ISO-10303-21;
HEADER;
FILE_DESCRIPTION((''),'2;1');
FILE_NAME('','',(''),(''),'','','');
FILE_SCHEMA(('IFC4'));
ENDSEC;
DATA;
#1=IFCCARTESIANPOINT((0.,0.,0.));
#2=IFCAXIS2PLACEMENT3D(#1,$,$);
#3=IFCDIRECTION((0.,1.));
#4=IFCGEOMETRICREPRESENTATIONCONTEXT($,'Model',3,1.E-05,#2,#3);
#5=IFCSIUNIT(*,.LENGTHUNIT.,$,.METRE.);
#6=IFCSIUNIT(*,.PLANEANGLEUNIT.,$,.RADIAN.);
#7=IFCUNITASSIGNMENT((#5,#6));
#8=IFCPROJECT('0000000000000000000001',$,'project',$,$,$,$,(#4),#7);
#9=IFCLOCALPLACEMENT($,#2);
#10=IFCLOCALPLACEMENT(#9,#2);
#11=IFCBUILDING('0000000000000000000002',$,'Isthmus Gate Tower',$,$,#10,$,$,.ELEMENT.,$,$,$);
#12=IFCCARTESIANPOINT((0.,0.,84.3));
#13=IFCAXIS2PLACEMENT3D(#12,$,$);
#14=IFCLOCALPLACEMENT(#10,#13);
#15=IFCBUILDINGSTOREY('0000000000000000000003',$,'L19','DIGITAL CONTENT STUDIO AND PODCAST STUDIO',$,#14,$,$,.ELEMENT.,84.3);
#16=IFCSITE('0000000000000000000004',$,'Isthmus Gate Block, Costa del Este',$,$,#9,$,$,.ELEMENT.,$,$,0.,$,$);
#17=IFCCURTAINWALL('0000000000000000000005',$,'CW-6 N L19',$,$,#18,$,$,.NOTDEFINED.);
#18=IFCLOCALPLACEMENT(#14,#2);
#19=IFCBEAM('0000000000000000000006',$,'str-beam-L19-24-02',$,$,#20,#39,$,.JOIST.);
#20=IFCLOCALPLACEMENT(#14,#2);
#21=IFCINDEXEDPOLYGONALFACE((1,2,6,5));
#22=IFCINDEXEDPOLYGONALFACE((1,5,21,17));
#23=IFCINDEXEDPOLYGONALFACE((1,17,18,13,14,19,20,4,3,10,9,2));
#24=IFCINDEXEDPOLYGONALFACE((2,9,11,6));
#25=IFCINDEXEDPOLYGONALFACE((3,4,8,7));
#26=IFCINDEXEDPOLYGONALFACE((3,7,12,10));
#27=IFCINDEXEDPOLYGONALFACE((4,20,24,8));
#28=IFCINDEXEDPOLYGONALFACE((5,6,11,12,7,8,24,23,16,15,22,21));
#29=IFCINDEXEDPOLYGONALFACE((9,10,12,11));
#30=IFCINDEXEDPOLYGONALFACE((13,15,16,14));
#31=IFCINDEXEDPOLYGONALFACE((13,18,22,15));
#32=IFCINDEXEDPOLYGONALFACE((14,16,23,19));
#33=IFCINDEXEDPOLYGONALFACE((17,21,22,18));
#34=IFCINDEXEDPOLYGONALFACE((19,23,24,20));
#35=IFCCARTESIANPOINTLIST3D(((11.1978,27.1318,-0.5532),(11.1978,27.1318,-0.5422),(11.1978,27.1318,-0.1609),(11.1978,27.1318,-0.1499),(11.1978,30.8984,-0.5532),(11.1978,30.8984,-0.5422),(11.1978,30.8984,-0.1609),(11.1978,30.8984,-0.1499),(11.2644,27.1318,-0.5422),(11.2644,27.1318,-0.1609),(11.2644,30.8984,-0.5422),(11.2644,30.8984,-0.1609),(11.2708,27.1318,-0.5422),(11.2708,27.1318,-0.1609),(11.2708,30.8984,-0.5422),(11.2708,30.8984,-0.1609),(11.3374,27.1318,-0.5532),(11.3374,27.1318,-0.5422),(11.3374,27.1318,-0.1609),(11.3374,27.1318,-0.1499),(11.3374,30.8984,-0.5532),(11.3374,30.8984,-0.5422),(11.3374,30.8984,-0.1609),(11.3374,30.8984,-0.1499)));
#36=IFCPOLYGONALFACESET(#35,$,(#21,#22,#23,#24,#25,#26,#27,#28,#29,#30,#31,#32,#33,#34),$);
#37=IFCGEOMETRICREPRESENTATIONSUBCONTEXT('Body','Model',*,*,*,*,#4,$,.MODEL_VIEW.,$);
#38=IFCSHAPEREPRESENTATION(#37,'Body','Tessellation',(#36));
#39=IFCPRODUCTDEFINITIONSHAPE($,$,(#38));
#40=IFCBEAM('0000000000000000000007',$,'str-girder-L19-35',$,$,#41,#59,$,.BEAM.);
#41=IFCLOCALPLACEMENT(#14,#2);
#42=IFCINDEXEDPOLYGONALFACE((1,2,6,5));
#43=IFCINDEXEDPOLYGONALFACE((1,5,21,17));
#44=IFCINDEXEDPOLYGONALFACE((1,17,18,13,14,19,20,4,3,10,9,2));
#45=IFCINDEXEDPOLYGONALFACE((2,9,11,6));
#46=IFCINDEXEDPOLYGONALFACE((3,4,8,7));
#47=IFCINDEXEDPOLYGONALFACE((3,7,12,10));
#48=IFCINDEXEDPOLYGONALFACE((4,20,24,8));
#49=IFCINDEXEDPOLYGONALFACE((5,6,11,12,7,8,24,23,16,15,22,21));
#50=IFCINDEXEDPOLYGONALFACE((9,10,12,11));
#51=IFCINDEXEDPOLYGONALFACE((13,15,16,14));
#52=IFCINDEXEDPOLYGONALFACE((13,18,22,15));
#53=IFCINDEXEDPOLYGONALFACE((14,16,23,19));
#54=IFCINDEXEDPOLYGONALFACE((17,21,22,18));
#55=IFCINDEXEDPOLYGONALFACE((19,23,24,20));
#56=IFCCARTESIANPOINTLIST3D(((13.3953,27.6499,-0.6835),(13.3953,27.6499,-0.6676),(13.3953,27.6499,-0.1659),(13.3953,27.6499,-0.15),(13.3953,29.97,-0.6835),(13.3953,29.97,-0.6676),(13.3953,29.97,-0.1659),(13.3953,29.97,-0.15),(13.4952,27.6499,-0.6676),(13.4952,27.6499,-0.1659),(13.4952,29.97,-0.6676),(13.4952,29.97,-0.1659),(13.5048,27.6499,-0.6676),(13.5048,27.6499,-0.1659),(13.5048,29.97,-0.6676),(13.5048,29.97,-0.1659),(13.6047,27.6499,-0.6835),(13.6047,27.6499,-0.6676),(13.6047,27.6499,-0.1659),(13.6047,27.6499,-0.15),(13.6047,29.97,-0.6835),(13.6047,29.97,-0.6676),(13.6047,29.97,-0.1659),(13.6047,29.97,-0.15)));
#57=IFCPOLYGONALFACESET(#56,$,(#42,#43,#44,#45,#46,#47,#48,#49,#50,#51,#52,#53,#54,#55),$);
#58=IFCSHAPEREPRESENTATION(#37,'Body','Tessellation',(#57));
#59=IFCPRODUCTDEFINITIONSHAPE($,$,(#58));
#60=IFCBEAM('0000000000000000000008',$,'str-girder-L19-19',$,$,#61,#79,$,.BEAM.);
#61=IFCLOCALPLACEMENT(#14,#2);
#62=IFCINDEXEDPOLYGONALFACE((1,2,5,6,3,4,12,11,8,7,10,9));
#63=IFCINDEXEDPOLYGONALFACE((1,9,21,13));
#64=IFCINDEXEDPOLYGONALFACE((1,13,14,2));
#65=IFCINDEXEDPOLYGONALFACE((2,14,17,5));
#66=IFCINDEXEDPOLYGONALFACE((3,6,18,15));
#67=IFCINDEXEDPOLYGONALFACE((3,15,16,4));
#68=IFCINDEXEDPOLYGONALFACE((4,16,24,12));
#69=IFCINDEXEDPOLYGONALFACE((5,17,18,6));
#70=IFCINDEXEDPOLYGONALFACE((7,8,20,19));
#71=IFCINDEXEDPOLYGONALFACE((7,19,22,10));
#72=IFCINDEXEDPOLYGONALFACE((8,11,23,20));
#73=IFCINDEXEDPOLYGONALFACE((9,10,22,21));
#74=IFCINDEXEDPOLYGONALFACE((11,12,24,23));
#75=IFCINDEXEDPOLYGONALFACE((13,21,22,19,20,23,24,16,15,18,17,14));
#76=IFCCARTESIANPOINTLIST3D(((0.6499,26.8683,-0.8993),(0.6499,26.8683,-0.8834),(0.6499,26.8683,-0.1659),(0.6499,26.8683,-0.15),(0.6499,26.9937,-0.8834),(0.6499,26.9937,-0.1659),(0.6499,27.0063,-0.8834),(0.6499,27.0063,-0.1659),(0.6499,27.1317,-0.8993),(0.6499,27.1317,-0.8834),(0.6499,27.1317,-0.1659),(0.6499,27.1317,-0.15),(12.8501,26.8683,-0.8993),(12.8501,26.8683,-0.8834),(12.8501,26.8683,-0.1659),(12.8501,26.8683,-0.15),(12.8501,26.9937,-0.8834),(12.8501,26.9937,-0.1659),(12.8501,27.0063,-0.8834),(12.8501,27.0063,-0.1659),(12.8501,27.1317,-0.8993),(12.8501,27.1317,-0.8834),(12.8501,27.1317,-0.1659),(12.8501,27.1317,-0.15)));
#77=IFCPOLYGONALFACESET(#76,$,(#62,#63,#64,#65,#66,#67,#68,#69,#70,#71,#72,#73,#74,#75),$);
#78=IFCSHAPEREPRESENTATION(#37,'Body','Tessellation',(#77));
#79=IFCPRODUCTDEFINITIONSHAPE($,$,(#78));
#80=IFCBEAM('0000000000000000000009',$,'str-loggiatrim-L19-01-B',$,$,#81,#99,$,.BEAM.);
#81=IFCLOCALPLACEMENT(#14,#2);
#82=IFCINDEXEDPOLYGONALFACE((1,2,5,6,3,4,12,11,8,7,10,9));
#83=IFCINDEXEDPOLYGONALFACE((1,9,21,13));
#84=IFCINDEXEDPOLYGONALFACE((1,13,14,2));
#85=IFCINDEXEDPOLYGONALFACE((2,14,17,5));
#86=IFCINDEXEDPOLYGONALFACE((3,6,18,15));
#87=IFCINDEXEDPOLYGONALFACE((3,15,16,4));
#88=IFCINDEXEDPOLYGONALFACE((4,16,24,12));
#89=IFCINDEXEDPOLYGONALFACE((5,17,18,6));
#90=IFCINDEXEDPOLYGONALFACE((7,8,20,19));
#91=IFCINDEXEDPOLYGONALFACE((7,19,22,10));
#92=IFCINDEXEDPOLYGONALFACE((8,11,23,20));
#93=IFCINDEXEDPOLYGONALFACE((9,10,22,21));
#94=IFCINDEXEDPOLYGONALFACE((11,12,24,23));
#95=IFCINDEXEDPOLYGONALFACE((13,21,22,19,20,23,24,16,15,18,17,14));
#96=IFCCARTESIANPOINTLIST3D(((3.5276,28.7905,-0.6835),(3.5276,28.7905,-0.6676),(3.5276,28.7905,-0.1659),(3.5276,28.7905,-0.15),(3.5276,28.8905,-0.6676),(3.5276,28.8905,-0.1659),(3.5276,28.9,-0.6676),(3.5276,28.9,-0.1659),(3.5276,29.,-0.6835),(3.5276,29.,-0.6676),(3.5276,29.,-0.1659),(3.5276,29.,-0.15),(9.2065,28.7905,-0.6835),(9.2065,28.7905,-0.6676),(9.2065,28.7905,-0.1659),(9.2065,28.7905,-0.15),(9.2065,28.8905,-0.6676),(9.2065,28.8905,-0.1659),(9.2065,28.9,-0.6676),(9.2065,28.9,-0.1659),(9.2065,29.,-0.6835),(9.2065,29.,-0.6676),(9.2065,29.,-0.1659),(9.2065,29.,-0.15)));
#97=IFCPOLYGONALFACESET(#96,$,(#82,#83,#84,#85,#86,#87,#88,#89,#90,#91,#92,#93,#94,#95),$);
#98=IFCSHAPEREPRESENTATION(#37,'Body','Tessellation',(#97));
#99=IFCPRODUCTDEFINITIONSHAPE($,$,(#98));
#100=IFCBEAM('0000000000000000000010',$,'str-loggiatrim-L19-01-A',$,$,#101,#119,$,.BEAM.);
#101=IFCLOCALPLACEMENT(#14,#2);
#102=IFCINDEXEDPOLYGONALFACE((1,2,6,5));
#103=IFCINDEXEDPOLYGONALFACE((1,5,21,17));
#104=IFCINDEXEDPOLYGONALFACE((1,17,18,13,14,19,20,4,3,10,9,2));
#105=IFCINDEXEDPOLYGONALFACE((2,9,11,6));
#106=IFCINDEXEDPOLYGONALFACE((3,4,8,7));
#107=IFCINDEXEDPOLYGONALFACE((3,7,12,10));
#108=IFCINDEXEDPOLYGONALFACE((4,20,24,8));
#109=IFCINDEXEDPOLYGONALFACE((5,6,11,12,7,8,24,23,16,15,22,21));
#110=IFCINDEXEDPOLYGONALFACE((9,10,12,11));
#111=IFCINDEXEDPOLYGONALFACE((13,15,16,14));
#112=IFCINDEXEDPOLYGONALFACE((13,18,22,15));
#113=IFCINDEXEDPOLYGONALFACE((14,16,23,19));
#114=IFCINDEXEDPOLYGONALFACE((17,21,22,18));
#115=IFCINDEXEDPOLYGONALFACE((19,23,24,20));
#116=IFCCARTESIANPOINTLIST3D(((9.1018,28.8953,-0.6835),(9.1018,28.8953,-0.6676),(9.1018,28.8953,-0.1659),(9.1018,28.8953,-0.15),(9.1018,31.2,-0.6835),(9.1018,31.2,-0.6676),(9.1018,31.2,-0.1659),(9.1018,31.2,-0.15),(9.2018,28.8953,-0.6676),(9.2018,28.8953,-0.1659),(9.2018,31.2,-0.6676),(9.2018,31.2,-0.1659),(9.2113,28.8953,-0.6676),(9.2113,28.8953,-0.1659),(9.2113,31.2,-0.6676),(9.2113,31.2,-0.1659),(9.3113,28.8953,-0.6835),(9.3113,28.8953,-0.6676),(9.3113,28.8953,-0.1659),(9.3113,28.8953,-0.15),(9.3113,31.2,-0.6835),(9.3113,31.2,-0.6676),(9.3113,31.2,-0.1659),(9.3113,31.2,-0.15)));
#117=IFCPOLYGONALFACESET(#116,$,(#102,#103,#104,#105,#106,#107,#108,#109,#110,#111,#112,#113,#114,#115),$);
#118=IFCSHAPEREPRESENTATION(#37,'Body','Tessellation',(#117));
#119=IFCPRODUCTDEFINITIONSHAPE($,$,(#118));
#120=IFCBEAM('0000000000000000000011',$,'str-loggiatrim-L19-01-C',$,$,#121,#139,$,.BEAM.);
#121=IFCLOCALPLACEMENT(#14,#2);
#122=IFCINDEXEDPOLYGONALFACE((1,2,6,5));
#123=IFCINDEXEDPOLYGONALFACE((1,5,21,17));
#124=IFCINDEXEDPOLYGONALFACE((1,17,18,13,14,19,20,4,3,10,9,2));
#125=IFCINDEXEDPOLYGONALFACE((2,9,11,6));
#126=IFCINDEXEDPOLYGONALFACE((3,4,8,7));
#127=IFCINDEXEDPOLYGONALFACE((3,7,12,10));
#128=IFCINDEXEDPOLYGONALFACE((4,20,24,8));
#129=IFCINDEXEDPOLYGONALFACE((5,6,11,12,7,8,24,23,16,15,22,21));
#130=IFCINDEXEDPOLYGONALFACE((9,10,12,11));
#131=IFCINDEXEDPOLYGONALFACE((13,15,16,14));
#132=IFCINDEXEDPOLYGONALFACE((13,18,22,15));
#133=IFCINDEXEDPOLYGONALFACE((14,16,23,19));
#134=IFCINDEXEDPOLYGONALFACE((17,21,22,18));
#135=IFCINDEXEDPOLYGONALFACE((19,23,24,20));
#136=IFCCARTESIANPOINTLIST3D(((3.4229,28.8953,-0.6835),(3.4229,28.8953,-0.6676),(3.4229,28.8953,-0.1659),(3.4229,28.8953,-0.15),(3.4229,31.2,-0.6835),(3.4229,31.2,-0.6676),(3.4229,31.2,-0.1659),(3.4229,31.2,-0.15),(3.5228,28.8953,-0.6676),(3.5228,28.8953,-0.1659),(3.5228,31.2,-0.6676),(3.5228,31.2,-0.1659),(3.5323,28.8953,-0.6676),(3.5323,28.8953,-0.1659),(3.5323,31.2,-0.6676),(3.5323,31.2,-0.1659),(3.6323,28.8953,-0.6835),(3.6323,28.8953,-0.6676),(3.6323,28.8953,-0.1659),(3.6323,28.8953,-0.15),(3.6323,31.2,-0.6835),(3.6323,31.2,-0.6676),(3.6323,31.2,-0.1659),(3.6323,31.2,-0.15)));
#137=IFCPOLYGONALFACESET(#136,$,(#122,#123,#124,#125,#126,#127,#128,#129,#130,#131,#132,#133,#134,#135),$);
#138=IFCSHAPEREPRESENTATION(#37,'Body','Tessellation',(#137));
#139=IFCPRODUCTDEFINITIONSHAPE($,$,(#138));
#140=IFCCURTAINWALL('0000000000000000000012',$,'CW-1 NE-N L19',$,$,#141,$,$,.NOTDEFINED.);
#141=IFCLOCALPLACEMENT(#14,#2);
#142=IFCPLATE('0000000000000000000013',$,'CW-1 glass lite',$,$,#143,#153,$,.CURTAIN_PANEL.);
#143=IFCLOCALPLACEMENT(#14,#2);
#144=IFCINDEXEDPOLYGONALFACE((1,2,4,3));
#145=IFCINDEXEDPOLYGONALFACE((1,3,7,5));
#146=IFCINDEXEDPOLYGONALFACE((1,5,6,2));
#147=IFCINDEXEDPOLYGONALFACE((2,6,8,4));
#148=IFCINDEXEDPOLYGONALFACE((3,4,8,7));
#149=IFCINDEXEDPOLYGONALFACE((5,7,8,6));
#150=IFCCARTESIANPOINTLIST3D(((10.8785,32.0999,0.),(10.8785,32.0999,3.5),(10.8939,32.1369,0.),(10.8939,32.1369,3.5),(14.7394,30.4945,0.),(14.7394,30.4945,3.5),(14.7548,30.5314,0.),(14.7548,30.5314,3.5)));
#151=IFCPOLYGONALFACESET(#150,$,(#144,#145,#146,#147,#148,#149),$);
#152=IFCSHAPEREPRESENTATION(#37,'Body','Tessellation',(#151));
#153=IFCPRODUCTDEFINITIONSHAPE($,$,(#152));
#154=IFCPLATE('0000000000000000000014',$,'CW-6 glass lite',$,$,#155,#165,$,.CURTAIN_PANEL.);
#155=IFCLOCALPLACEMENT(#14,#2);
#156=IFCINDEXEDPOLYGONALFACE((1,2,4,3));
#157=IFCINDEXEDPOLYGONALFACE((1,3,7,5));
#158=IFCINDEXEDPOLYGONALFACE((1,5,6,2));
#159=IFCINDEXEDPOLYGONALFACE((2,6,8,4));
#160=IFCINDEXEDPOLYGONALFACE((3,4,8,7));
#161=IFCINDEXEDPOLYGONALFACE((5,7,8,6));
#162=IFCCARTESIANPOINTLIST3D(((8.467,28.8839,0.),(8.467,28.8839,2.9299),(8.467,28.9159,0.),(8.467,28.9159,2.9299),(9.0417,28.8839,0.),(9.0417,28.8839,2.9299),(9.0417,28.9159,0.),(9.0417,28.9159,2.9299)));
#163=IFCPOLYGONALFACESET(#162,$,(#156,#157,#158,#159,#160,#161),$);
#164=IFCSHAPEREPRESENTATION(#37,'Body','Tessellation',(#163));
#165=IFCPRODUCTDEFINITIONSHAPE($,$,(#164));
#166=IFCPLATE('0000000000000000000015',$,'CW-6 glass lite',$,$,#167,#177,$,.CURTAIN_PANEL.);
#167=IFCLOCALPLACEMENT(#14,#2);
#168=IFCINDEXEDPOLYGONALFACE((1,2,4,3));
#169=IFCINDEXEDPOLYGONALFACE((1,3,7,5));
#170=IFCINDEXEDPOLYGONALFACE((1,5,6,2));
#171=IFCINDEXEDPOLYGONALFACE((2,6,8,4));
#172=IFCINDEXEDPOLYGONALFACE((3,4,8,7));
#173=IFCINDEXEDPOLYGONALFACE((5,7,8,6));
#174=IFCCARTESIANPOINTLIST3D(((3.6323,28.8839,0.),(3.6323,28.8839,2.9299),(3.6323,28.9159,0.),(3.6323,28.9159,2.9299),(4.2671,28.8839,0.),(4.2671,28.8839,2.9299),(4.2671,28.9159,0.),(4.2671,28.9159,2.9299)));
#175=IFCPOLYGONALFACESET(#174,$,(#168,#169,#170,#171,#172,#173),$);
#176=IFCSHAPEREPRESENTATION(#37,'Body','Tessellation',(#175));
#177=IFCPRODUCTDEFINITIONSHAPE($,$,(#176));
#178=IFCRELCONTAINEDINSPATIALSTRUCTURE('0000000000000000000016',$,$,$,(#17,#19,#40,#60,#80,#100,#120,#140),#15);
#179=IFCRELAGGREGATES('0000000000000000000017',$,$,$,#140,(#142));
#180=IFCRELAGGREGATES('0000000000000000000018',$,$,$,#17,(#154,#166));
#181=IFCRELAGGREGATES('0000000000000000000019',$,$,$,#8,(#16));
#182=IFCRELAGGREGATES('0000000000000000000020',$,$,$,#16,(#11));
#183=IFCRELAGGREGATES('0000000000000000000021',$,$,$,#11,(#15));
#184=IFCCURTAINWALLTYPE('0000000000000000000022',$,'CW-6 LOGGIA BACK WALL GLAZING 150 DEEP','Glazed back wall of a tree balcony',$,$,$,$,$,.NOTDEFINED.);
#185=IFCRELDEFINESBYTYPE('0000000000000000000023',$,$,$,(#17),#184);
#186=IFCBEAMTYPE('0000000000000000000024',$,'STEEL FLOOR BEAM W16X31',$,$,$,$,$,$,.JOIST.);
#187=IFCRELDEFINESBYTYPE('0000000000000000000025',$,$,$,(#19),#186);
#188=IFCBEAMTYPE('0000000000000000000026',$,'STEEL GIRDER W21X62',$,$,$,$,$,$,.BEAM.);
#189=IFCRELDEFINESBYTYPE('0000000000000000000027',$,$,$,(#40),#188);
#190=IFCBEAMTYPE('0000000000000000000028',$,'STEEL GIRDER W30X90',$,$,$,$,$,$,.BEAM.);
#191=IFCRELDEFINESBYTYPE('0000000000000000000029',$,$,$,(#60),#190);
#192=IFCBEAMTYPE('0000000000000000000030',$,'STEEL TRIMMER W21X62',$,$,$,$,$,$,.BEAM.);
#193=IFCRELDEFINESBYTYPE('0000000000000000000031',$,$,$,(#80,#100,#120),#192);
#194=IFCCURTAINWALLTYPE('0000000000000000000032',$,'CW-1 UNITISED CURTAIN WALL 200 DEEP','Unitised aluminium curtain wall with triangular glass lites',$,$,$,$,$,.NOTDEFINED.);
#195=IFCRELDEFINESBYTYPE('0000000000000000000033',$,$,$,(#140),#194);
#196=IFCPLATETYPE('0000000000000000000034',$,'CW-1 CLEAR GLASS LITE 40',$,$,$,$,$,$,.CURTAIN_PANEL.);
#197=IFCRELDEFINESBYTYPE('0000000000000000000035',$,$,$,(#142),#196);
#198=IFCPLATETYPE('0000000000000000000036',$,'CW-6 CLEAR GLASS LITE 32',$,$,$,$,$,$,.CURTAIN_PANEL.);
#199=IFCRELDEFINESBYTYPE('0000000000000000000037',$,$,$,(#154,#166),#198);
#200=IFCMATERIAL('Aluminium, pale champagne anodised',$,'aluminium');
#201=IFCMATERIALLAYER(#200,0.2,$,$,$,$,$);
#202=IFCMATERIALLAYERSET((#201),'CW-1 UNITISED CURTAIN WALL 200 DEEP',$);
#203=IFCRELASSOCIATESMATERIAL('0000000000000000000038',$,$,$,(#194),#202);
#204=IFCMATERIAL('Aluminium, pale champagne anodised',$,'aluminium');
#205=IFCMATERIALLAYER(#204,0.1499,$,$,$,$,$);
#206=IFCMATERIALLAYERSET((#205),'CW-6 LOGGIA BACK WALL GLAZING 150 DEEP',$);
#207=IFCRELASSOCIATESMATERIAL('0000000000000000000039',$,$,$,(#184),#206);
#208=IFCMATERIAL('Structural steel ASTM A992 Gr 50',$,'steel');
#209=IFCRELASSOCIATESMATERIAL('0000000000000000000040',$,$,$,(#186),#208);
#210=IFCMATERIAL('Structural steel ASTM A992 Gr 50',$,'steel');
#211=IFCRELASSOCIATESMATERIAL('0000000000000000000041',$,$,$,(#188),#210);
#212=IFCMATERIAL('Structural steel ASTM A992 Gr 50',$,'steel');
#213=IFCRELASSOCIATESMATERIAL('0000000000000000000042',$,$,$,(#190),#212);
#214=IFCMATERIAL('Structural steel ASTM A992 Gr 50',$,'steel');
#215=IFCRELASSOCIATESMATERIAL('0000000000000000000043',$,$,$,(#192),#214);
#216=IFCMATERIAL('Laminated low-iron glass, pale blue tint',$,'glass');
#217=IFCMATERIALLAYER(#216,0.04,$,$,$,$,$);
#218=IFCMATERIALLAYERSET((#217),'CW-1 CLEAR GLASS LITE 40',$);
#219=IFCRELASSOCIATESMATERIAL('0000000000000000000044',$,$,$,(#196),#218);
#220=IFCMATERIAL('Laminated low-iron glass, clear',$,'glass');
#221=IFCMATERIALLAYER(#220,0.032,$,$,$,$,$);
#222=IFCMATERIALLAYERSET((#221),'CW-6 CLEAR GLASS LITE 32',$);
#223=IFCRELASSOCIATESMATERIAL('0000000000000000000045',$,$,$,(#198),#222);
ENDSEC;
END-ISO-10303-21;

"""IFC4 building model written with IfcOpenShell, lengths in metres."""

from ifc_helpers import new_model, si_unit, direction, frame, origin, origin_2d, place, context, subcontext, project, spatial, rectangle, i_section, extrude, material, layer, layer_set, material_profile, profile_set, type_object, element, aggregate, save


model = new_model("IFC4")

# Units and contexts
model_context = context("Model", 3, precision=1e-05, world=origin(), true_north=direction((0.0, 1.0)))
body_context = subcontext(model_context, "Body", "Model", "MODEL_VIEW")
ifc_project = project(units=[si_unit("LENGTHUNIT", "METRE"), si_unit("PLANEANGLEUNIT", "RADIAN")], contexts=[model_context])

# Site, building, storey
site_placement = place(None, origin())
site = spatial("IfcSite", under=ifc_project, at=site_placement, Name="Isthmus Gate Block, Costa del Este", CompositionType="ELEMENT", RefElevation=0.0)
building_placement = place(site_placement, origin())
building = spatial("IfcBuilding", under=site, at=building_placement, Name="Isthmus Gate Tower", CompositionType="ELEMENT")
storey_placement = place(building_placement, frame((0.0, 0.0, 84.3)))
storey = spatial("IfcBuildingStorey", under=building, at=storey_placement, Name="L19", Description="DIGITAL CONTENT STUDIO AND PODCAST STUDIO", CompositionType="ELEMENT", Elevation=84.3)

# Curtain wall
ifc_material_1 = material(Name="Aluminium, pale champagne anodised", Category="aluminium")
ifc_layer_1 = layer(ifc_material_1, 0.2)
ifc_layer_set_1 = layer_set([ifc_layer_1], Name="CW-1 UNITISED CURTAIN WALL 200 DEEP")
curtain_wall_type_1 = type_object("IfcCurtainWallType", Name="CW-1 UNITISED CURTAIN WALL 200 DEEP", Description="Unitised aluminium curtain wall with triangular glass lites", PredefinedType="NOTDEFINED", material=ifc_layer_set_1)
ifc_material_2 = material(Name="Aluminium, pale champagne anodised", Category="aluminium")
ifc_layer_2 = layer(ifc_material_2, 0.1499)
ifc_layer_set_2 = layer_set([ifc_layer_2], Name="CW-6 LOGGIA BACK WALL GLAZING 150 DEEP")
curtain_wall_type_2 = type_object("IfcCurtainWallType", Name="CW-6 LOGGIA BACK WALL GLAZING 150 DEEP", Description="Glazed back wall of a tree balcony", PredefinedType="NOTDEFINED", material=ifc_layer_set_2)
curtain_wall_1_placement = place(storey_placement, origin())
curtain_wall_1 = element("IfcCurtainWall", 1, at=curtain_wall_1_placement, inside=storey, type_object=curtain_wall_type_2, Name="CW-6 N L19", PredefinedType="NOTDEFINED")

# Beams
ifc_material_3 = material(Name="Structural steel ASTM A992 Gr 50", Category="steel")
ifc_material_profile_1 = material_profile(ifc_material_3, i_section(OverallWidth=0.1396, OverallDepth=0.4033, WebThickness=0.0063, FlangeThickness=0.011, at=origin_2d()), Name="W16X31")
ifc_profile_set_1 = profile_set([ifc_material_profile_1], Name="Structural steel ASTM A992 Gr 50")
beam_type_1 = type_object("IfcBeamType", Name="STEEL FLOOR BEAM W16X31", PredefinedType="JOIST", material=ifc_profile_set_1)
beam_1_placement = place(storey_placement, frame((11.2676, 27.1318, -0.3516), z_axis=(0.0, 1.0, 0.0), x_axis=(-1.0, 0.0, 0.0)))
element("IfcBeam", 2, at=beam_1_placement, inside=storey, type_object=beam_type_1, Name="str-beam-L19-24-02", PredefinedType="JOIST", context=body_context, shape_type="SweptSolid", body=[
    extrude(i_section(OverallWidth=0.1396, OverallDepth=0.4033, WebThickness=0.0063, FlangeThickness=0.011, at=origin_2d()), origin(), (0.0, 0.0, 1.0), 3.7666),
])
ifc_material_4 = material(Name="Structural steel ASTM A992 Gr 50", Category="steel")
ifc_material_profile_2 = material_profile(ifc_material_4, i_section(OverallWidth=0.2095, OverallDepth=0.5334, WebThickness=0.0095, FlangeThickness=0.0159, at=origin_2d()), Name="W21X62")
ifc_profile_set_2 = profile_set([ifc_material_profile_2], Name="Structural steel ASTM A992 Gr 50")
beam_type_2 = type_object("IfcBeamType", Name="STEEL GIRDER W21X62", PredefinedType="BEAM", material=ifc_profile_set_2)
beam_2_placement = place(storey_placement, frame((13.5, 27.6499, -0.4167), z_axis=(0.0, 1.0, 0.0), x_axis=(-1.0, 0.0, 0.0)))
element("IfcBeam", 3, at=beam_2_placement, inside=storey, type_object=beam_type_2, Name="str-girder-L19-35", PredefinedType="BEAM", context=body_context, shape_type="SweptSolid", body=[
    extrude(i_section(OverallWidth=0.2095, OverallDepth=0.5334, WebThickness=0.0095, FlangeThickness=0.0159, at=origin_2d()), origin(), (0.0, 0.0, 1.0), 2.3201),
])
ifc_material_5 = material(Name="Structural steel ASTM A992 Gr 50", Category="steel")
ifc_material_profile_3 = material_profile(ifc_material_5, i_section(OverallWidth=0.2634, OverallDepth=0.7493, WebThickness=0.0127, FlangeThickness=0.0159, at=origin_2d()), Name="W30X90")
ifc_profile_set_3 = profile_set([ifc_material_profile_3], Name="Structural steel ASTM A992 Gr 50")
beam_type_3 = type_object("IfcBeamType", Name="STEEL GIRDER W30X90", PredefinedType="BEAM", material=ifc_profile_set_3)
beam_3_placement = place(storey_placement, frame((0.6499, 27.0, -0.5247), z_axis=(1.0, 0.0, 0.0), x_axis=(0.0, 1.0, 0.0)))
element("IfcBeam", 4, at=beam_3_placement, inside=storey, type_object=beam_type_3, Name="str-girder-L19-19", PredefinedType="BEAM", context=body_context, shape_type="SweptSolid", body=[
    extrude(i_section(OverallWidth=0.2634, OverallDepth=0.7493, WebThickness=0.0127, FlangeThickness=0.0159, at=origin_2d()), origin(), (0.0, 0.0, 1.0), 12.2002),
])
ifc_material_6 = material(Name="Structural steel ASTM A992 Gr 50", Category="steel")
ifc_material_profile_4 = material_profile(ifc_material_6, i_section(OverallWidth=0.2095, OverallDepth=0.5334, WebThickness=0.0095, FlangeThickness=0.0159, at=origin_2d()), Name="W21X62")
ifc_profile_set_4 = profile_set([ifc_material_profile_4], Name="Structural steel ASTM A992 Gr 50")
beam_type_4 = type_object("IfcBeamType", Name="STEEL TRIMMER W21X62", PredefinedType="BEAM", material=ifc_profile_set_4)
beam_4_placement = place(storey_placement, frame((9.2065, 28.8953, -0.4167), z_axis=(-1.0, 0.0, 0.0), x_axis=(0.0, -1.0, 0.0)))
element("IfcBeam", 5, at=beam_4_placement, inside=storey, type_object=beam_type_4, Name="str-loggiatrim-L19-01-B", PredefinedType="BEAM", context=body_context, shape_type="SweptSolid", body=[
    extrude(i_section(OverallWidth=0.2095, OverallDepth=0.5334, WebThickness=0.0095, FlangeThickness=0.0159, at=origin_2d()), origin(), (0.0, 0.0, 1.0), 5.679),
])
for number, where, z_axis, x_axis, name in (
    (6, (9.2065, 31.2, -0.4167), (0.0, -1.0, 0.0), (1.0, 0.0, 0.0), "str-loggiatrim-L19-01-A"),
    (7, (3.5276, 31.2, -0.4167), (0.0, -1.0, 0.0), (1.0, 0.0, 0.0), "str-loggiatrim-L19-01-C"),
):
    element("IfcBeam", number, at=place(storey_placement, frame(where, z_axis=z_axis, x_axis=x_axis)), inside=storey, type_object=beam_type_4, Name=name, PredefinedType="BEAM", context=body_context, shape_type="SweptSolid", body=[
        extrude(i_section(OverallWidth=0.2095, OverallDepth=0.5334, WebThickness=0.0095, FlangeThickness=0.0159, at=origin_2d()), origin(), (0.0, 0.0, 1.0), 2.3047),
    ])

# Curtain wall, plate
curtain_wall_2_placement = place(storey_placement, origin())
curtain_wall_2 = element("IfcCurtainWall", 8, at=curtain_wall_2_placement, inside=storey, type_object=curtain_wall_type_1, Name="CW-1 NE-N L19", PredefinedType="NOTDEFINED")
ifc_material_7 = material(Name="Laminated low-iron glass, pale blue tint", Category="glass")
ifc_layer_3 = layer(ifc_material_7, 0.04)
ifc_layer_set_3 = layer_set([ifc_layer_3], Name="CW-1 CLEAR GLASS LITE 40")
plate_type_1 = type_object("IfcPlateType", Name="CW-1 CLEAR GLASS LITE 40", PredefinedType="CURTAIN_PANEL", material=ifc_layer_set_3)
plate_1_placement = place(storey_placement, frame((12.8167, 31.3157, 0.0), z_axis=(0.0, 0.0, 1.0), x_axis=(-0.923353, 0.383952, 0.0)))
plate_1 = element("IfcPlate", 9, at=plate_1_placement, type_object=plate_type_1, Name="CW-1 glass lite", PredefinedType="CURTAIN_PANEL", context=body_context, shape_type="SweptSolid", body=[
    extrude(rectangle(XDim=4.1814, YDim=0.04, at=origin_2d()), origin(), (0.0, 0.0, 1.0), 3.5),
])
aggregate(curtain_wall_2, [plate_1])

# Plates
ifc_material_8 = material(Name="Laminated low-iron glass, clear", Category="glass")
ifc_layer_4 = layer(ifc_material_8, 0.032)
ifc_layer_set_4 = layer_set([ifc_layer_4], Name="CW-6 CLEAR GLASS LITE 32")
plate_type_2 = type_object("IfcPlateType", Name="CW-6 CLEAR GLASS LITE 32", PredefinedType="CURTAIN_PANEL", material=ifc_layer_set_4)
plate_2_placement = place(storey_placement, frame((8.7544, 28.8999, 0.0), z_axis=(0.0, 0.0, 1.0), x_axis=(-1.0, 0.0, 0.0)))
plate_2 = element("IfcPlate", 10, at=plate_2_placement, type_object=plate_type_2, Name="CW-6 glass lite", PredefinedType="CURTAIN_PANEL", context=body_context, shape_type="SweptSolid", body=[
    extrude(rectangle(XDim=0.5747, YDim=0.032, at=origin_2d()), origin(), (0.0, 0.0, 1.0), 2.9299),
])
plate_3_placement = place(storey_placement, frame((3.9497, 28.8999, 0.0), z_axis=(0.0, 0.0, 1.0), x_axis=(-1.0, 0.0, 0.0)))
plate_3 = element("IfcPlate", 11, at=plate_3_placement, type_object=plate_type_2, Name="CW-6 glass lite", PredefinedType="CURTAIN_PANEL", context=body_context, shape_type="SweptSolid", body=[
    extrude(rectangle(XDim=0.6348, YDim=0.032, at=origin_2d()), origin(), (0.0, 0.0, 1.0), 2.9299),
])
aggregate(curtain_wall_1, [plate_2, plate_3])

save(model, "model.ifc")
